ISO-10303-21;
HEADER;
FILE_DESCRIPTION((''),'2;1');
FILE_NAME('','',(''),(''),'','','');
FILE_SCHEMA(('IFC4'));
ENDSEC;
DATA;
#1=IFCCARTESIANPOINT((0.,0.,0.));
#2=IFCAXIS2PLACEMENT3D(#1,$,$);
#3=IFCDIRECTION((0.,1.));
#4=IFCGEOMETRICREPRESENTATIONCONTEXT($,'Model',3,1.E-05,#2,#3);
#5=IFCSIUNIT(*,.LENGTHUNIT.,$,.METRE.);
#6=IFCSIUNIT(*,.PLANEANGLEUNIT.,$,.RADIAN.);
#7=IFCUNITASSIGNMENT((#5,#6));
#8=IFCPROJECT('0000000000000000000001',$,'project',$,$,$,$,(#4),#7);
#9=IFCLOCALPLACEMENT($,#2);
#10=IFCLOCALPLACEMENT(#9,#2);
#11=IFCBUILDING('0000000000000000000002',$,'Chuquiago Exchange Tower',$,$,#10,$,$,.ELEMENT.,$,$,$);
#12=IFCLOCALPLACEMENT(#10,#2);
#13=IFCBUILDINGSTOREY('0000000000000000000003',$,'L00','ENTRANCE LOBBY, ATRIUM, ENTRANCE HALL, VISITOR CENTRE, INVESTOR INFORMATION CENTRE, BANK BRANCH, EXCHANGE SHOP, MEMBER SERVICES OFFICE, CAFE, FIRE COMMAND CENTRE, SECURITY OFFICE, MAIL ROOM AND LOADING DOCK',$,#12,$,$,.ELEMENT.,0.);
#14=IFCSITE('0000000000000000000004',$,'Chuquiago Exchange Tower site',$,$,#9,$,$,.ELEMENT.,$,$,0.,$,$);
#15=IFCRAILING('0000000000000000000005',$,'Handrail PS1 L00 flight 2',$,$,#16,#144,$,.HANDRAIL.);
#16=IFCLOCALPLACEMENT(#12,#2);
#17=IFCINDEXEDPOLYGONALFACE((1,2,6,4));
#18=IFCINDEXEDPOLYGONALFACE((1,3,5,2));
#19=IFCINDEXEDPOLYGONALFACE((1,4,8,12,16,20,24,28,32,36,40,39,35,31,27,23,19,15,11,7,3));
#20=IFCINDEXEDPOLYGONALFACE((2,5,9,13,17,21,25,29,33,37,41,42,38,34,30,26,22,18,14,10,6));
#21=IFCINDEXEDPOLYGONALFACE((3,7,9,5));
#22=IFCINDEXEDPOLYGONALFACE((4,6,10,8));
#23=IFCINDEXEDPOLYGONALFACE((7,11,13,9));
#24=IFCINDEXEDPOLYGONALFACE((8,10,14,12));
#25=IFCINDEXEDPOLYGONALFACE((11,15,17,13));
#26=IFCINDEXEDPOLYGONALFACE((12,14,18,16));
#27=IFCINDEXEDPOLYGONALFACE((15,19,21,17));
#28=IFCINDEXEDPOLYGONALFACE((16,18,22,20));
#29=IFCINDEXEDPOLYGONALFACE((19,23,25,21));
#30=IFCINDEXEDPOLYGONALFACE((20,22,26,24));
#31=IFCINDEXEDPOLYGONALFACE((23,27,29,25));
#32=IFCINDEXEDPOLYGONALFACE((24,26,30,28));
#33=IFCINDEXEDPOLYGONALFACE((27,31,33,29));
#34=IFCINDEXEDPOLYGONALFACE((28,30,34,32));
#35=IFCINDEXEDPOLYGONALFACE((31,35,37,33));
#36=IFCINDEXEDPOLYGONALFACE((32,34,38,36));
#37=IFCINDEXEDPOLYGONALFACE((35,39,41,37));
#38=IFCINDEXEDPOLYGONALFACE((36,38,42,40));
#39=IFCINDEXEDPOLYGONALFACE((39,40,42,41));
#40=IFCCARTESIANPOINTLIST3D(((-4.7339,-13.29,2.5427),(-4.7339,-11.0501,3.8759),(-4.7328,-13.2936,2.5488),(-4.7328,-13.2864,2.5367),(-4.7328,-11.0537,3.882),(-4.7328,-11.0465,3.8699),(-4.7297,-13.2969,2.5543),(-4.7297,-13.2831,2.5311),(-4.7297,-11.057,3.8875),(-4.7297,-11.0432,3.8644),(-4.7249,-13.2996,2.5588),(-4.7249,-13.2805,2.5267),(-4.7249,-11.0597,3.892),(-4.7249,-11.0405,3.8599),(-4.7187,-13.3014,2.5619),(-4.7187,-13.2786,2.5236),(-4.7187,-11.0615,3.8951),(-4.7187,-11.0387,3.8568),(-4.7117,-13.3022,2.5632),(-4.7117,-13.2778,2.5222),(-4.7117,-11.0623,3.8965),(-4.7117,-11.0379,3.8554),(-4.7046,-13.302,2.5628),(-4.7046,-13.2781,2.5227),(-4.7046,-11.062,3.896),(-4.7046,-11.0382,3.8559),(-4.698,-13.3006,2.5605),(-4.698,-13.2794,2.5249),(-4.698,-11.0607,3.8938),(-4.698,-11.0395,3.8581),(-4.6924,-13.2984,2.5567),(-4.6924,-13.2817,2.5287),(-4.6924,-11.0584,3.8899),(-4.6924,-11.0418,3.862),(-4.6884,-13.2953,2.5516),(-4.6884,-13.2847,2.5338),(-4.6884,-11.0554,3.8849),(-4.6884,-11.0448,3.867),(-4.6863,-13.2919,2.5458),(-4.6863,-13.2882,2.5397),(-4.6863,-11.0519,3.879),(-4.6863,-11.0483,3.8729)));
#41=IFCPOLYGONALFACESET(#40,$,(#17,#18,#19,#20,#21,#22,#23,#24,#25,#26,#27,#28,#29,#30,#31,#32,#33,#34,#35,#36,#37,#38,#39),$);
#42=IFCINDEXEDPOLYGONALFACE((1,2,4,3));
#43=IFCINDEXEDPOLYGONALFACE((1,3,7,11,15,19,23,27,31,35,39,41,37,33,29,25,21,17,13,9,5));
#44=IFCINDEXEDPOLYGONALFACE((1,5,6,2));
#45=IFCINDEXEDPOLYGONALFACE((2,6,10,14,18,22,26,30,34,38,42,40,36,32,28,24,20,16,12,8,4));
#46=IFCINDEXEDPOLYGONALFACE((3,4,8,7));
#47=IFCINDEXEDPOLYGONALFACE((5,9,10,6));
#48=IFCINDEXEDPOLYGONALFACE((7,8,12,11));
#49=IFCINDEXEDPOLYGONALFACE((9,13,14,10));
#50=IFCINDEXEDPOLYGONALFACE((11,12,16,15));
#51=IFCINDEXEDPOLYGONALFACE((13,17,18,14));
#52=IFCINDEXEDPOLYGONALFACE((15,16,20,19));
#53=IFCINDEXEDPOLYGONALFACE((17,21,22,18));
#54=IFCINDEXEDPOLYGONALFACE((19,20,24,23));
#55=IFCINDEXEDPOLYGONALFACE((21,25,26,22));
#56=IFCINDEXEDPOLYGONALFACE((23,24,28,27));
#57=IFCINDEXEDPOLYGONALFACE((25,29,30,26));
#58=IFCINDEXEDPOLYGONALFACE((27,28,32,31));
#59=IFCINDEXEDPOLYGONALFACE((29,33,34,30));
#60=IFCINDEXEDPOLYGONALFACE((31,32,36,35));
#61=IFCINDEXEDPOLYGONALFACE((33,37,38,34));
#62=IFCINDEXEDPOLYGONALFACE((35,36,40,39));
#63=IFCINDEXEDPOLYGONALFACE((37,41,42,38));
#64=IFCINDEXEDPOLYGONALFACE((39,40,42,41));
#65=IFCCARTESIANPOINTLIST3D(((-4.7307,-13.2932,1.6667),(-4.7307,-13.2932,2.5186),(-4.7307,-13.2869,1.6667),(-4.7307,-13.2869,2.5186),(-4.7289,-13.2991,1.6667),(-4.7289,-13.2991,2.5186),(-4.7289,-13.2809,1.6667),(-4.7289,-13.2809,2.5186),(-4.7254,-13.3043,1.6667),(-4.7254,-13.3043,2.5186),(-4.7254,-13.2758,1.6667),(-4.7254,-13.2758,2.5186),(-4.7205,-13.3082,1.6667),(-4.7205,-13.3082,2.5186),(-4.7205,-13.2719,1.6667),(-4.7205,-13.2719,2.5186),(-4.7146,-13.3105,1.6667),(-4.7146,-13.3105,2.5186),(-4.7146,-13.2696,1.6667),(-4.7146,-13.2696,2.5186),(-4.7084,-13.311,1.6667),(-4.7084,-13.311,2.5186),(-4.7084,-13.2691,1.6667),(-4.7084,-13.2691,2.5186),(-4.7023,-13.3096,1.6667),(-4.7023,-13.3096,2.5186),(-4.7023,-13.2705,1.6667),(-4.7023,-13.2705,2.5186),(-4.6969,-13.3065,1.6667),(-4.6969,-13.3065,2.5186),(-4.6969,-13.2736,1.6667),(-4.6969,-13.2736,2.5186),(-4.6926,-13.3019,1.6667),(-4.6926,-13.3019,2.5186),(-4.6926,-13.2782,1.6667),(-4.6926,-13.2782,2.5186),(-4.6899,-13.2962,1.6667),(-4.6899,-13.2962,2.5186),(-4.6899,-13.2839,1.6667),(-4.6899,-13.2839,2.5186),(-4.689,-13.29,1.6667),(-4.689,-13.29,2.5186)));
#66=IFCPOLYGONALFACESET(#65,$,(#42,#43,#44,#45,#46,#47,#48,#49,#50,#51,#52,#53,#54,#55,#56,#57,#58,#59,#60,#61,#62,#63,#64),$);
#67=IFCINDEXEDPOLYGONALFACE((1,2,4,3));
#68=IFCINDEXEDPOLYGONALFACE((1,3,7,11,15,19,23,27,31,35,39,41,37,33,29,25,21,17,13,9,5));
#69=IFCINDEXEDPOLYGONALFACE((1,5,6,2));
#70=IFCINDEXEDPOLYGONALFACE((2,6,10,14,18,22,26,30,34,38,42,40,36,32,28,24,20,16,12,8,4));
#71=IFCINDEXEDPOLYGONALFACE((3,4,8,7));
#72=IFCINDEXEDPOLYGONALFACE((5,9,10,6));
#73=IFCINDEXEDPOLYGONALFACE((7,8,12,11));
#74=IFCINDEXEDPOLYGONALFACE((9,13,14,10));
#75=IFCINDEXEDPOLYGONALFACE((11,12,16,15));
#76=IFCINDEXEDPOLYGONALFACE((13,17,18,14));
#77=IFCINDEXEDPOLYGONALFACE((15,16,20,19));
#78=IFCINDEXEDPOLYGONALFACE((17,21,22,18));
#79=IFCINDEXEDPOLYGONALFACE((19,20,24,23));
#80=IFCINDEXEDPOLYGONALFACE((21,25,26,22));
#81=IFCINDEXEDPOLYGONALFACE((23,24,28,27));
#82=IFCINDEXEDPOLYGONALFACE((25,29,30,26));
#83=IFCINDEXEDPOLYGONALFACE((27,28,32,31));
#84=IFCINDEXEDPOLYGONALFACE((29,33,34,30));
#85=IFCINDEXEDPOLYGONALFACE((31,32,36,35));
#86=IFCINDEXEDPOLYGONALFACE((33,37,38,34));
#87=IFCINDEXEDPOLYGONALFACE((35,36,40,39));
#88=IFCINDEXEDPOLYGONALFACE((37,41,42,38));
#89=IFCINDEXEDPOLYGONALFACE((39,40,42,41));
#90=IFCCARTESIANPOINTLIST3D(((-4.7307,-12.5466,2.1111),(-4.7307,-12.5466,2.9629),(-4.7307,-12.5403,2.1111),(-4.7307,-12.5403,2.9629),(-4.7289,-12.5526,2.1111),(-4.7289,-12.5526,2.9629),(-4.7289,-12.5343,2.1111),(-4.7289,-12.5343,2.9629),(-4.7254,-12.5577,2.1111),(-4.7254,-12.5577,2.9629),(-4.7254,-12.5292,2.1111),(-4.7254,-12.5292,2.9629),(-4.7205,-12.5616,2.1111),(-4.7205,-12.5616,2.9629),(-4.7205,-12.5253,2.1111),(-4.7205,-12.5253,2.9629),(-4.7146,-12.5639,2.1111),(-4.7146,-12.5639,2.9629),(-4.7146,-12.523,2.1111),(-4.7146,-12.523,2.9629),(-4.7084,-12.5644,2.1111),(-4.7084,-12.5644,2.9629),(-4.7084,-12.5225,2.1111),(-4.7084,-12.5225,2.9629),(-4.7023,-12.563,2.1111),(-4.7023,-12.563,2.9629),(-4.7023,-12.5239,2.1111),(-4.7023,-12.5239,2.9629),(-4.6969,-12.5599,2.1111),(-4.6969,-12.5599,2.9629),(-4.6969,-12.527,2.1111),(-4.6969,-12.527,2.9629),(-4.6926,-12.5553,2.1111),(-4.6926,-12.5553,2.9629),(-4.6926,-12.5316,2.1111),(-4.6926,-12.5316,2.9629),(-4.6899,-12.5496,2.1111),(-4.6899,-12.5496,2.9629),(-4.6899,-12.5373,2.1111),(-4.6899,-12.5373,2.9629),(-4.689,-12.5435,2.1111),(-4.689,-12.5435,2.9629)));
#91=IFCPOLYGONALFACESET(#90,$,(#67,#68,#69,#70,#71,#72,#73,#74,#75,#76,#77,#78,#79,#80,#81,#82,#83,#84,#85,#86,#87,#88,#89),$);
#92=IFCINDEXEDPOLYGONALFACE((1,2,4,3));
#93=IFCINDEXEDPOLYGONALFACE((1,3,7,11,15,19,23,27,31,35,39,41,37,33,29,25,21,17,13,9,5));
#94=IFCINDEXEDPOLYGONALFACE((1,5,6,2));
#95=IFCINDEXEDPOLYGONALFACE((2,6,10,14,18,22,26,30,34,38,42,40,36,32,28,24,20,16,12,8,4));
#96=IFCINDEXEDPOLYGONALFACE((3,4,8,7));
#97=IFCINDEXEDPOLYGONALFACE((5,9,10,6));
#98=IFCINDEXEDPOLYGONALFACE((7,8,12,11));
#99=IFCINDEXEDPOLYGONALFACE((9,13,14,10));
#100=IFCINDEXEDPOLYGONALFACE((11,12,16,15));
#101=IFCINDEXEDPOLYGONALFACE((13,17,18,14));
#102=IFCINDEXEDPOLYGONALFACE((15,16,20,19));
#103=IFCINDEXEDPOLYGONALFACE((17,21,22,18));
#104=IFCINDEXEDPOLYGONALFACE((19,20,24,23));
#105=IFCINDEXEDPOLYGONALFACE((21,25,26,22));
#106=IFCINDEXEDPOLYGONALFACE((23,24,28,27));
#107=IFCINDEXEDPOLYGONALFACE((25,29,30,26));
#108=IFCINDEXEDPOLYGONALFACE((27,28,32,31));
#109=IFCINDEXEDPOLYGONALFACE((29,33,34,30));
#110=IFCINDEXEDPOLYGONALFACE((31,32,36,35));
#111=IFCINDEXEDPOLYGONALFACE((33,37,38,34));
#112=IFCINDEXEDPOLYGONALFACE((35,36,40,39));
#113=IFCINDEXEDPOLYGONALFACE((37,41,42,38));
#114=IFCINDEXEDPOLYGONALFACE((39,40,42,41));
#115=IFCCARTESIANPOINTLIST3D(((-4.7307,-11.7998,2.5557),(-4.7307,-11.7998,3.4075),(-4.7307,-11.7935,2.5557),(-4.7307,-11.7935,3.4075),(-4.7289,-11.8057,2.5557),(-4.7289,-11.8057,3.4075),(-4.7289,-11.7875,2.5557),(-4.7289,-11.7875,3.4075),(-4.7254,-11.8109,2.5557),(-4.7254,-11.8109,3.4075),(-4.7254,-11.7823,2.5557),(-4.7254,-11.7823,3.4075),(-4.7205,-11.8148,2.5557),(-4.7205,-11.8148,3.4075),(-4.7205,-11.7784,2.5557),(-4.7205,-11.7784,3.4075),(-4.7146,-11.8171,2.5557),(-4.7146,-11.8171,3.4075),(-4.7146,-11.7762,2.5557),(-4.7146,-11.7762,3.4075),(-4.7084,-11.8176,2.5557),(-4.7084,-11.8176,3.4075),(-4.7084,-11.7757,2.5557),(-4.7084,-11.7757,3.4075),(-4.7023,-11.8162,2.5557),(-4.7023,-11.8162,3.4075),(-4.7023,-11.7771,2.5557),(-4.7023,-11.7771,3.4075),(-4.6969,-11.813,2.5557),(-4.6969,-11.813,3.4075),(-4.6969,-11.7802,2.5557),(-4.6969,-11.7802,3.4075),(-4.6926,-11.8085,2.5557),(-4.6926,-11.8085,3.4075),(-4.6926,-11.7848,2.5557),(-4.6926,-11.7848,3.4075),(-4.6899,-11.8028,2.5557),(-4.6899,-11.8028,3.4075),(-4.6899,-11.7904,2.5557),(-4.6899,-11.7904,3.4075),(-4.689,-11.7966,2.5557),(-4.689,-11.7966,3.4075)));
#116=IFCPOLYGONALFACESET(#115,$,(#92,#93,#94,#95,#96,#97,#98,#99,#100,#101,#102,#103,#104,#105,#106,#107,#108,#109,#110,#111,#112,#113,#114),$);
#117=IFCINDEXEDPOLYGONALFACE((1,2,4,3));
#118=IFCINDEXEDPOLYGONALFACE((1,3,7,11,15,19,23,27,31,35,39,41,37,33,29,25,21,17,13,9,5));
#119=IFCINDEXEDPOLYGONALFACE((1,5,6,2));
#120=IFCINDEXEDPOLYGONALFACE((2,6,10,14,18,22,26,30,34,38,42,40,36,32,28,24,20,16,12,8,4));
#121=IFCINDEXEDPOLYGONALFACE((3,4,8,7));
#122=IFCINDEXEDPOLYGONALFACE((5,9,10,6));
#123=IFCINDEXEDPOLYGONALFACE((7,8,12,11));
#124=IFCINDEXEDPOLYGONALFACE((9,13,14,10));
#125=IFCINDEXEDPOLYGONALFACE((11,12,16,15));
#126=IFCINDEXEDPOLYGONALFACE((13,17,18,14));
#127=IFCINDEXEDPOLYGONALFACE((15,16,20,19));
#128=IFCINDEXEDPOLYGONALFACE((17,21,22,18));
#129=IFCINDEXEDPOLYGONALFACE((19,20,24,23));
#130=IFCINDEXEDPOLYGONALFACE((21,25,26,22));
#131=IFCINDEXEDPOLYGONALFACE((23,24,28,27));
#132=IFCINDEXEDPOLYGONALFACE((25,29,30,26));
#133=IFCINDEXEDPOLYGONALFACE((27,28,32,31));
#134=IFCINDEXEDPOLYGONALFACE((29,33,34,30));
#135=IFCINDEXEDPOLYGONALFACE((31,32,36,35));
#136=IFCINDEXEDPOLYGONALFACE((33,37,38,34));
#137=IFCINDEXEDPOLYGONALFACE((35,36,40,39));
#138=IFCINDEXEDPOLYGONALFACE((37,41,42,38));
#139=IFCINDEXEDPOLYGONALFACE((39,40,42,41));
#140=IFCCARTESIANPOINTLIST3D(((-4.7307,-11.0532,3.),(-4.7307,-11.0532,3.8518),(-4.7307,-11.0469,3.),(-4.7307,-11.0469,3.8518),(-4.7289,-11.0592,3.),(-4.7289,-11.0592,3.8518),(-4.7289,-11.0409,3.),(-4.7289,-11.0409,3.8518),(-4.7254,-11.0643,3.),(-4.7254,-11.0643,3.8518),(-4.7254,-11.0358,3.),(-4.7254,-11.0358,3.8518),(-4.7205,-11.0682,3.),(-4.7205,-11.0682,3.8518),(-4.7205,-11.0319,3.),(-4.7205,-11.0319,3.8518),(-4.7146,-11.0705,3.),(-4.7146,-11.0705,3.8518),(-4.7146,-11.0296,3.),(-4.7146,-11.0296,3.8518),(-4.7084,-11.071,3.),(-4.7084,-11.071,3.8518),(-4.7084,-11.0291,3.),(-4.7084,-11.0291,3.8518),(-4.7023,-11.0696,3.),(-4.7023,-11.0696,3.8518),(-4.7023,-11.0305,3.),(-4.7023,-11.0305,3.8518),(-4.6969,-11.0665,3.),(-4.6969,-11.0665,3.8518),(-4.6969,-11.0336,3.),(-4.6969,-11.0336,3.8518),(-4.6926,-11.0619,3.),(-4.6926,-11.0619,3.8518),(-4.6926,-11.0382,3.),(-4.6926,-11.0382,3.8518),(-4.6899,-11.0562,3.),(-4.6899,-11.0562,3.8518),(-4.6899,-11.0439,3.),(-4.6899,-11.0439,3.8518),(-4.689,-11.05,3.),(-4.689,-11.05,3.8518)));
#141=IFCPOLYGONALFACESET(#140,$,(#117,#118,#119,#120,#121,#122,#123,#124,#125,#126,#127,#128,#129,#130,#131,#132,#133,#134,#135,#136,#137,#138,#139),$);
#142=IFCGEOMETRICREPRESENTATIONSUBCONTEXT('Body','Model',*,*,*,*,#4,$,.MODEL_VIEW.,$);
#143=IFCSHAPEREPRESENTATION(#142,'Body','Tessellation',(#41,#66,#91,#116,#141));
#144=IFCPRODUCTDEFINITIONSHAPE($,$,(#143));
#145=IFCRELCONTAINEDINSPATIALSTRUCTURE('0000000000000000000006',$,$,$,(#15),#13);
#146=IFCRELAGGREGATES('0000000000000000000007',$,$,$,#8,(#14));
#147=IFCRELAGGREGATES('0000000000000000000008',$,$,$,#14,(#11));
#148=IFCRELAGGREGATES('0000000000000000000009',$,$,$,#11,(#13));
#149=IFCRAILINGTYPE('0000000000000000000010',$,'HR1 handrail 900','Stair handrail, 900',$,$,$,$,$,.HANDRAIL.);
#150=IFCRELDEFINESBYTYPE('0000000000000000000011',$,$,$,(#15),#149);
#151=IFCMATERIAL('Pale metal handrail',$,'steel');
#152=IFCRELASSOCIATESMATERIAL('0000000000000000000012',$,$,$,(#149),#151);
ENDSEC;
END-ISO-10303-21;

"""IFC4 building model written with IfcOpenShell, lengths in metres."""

from ifc_helpers import new_model, si_unit, direction, frame, origin, origin_2d, place, context, subcontext, project, spatial, circle, extrude, material, type_object, element, save


model = new_model("IFC4")

# Units and contexts
model_context = context("Model", 3, precision=1e-05, world=origin(), true_north=direction((0.0, 1.0)))
body_context = subcontext(model_context, "Body", "Model", "MODEL_VIEW")
ifc_project = project(units=[si_unit("LENGTHUNIT", "METRE"), si_unit("PLANEANGLEUNIT", "RADIAN")], contexts=[model_context])

# Site, building, storey
site_placement = place(None, origin())
site = spatial("IfcSite", under=ifc_project, at=site_placement, Name="Chuquiago Exchange Tower site", CompositionType="ELEMENT", RefElevation=0.0)
building_placement = place(site_placement, origin())
building = spatial("IfcBuilding", under=site, at=building_placement, Name="Chuquiago Exchange Tower", CompositionType="ELEMENT")
storey_placement = place(building_placement, origin())
storey = spatial("IfcBuildingStorey", under=building, at=storey_placement, Name="L00", Description="ENTRANCE LOBBY, ATRIUM, ENTRANCE HALL, VISITOR CENTRE, INVESTOR INFORMATION CENTRE, BANK BRANCH, EXCHANGE SHOP, MEMBER SERVICES OFFICE, CAFE, FIRE COMMAND CENTRE, SECURITY OFFICE, MAIL ROOM AND LOADING DOCK", CompositionType="ELEMENT", Elevation=0.0)

# Railing
ifc_material_1 = material(Name="Pale metal handrail", Category="steel")
railing_type = type_object("IfcRailingType", Name="HR1 handrail 900", Description="Stair handrail, 900", PredefinedType="HANDRAIL", material=ifc_material_1)
railing_placement = place(storey_placement, frame((-4.71, -13.29, 1.6667)))
element("IfcRailing", 1, at=railing_placement, inside=storey, type_object=railing_type, Name="Handrail PS1 L00 flight 2", PredefinedType="HANDRAIL", context=body_context, shape_type="SweptSolid", body=[
    extrude(circle(Radius=0.0239, at=origin_2d()), frame((0.0, 0.0, 0.876), z_axis=(0.0, 0.859306, 0.511462), x_axis=(-1.0, 0.0, 0.0)), (0.0, 0.0, 1.0), 2.6067),
    extrude(circle(Radius=0.021, at=origin_2d()), origin(), (0.0, 0.0, 1.0), 0.8518),
    extrude(circle(Radius=0.021, at=origin_2d()), frame((0.0, 0.7466, 0.4443)), (0.0, 0.0, 1.0), 0.8518),
    extrude(circle(Radius=0.021, at=origin_2d()), frame((0.0, 1.4934, 0.8889)), (0.0, 0.0, 1.0), 0.8518),
    extrude(circle(Radius=0.021, at=origin_2d()), frame((0.0, 2.24, 1.3333)), (0.0, 0.0, 1.0), 0.8518),
])

save(model, "model.ifc")
